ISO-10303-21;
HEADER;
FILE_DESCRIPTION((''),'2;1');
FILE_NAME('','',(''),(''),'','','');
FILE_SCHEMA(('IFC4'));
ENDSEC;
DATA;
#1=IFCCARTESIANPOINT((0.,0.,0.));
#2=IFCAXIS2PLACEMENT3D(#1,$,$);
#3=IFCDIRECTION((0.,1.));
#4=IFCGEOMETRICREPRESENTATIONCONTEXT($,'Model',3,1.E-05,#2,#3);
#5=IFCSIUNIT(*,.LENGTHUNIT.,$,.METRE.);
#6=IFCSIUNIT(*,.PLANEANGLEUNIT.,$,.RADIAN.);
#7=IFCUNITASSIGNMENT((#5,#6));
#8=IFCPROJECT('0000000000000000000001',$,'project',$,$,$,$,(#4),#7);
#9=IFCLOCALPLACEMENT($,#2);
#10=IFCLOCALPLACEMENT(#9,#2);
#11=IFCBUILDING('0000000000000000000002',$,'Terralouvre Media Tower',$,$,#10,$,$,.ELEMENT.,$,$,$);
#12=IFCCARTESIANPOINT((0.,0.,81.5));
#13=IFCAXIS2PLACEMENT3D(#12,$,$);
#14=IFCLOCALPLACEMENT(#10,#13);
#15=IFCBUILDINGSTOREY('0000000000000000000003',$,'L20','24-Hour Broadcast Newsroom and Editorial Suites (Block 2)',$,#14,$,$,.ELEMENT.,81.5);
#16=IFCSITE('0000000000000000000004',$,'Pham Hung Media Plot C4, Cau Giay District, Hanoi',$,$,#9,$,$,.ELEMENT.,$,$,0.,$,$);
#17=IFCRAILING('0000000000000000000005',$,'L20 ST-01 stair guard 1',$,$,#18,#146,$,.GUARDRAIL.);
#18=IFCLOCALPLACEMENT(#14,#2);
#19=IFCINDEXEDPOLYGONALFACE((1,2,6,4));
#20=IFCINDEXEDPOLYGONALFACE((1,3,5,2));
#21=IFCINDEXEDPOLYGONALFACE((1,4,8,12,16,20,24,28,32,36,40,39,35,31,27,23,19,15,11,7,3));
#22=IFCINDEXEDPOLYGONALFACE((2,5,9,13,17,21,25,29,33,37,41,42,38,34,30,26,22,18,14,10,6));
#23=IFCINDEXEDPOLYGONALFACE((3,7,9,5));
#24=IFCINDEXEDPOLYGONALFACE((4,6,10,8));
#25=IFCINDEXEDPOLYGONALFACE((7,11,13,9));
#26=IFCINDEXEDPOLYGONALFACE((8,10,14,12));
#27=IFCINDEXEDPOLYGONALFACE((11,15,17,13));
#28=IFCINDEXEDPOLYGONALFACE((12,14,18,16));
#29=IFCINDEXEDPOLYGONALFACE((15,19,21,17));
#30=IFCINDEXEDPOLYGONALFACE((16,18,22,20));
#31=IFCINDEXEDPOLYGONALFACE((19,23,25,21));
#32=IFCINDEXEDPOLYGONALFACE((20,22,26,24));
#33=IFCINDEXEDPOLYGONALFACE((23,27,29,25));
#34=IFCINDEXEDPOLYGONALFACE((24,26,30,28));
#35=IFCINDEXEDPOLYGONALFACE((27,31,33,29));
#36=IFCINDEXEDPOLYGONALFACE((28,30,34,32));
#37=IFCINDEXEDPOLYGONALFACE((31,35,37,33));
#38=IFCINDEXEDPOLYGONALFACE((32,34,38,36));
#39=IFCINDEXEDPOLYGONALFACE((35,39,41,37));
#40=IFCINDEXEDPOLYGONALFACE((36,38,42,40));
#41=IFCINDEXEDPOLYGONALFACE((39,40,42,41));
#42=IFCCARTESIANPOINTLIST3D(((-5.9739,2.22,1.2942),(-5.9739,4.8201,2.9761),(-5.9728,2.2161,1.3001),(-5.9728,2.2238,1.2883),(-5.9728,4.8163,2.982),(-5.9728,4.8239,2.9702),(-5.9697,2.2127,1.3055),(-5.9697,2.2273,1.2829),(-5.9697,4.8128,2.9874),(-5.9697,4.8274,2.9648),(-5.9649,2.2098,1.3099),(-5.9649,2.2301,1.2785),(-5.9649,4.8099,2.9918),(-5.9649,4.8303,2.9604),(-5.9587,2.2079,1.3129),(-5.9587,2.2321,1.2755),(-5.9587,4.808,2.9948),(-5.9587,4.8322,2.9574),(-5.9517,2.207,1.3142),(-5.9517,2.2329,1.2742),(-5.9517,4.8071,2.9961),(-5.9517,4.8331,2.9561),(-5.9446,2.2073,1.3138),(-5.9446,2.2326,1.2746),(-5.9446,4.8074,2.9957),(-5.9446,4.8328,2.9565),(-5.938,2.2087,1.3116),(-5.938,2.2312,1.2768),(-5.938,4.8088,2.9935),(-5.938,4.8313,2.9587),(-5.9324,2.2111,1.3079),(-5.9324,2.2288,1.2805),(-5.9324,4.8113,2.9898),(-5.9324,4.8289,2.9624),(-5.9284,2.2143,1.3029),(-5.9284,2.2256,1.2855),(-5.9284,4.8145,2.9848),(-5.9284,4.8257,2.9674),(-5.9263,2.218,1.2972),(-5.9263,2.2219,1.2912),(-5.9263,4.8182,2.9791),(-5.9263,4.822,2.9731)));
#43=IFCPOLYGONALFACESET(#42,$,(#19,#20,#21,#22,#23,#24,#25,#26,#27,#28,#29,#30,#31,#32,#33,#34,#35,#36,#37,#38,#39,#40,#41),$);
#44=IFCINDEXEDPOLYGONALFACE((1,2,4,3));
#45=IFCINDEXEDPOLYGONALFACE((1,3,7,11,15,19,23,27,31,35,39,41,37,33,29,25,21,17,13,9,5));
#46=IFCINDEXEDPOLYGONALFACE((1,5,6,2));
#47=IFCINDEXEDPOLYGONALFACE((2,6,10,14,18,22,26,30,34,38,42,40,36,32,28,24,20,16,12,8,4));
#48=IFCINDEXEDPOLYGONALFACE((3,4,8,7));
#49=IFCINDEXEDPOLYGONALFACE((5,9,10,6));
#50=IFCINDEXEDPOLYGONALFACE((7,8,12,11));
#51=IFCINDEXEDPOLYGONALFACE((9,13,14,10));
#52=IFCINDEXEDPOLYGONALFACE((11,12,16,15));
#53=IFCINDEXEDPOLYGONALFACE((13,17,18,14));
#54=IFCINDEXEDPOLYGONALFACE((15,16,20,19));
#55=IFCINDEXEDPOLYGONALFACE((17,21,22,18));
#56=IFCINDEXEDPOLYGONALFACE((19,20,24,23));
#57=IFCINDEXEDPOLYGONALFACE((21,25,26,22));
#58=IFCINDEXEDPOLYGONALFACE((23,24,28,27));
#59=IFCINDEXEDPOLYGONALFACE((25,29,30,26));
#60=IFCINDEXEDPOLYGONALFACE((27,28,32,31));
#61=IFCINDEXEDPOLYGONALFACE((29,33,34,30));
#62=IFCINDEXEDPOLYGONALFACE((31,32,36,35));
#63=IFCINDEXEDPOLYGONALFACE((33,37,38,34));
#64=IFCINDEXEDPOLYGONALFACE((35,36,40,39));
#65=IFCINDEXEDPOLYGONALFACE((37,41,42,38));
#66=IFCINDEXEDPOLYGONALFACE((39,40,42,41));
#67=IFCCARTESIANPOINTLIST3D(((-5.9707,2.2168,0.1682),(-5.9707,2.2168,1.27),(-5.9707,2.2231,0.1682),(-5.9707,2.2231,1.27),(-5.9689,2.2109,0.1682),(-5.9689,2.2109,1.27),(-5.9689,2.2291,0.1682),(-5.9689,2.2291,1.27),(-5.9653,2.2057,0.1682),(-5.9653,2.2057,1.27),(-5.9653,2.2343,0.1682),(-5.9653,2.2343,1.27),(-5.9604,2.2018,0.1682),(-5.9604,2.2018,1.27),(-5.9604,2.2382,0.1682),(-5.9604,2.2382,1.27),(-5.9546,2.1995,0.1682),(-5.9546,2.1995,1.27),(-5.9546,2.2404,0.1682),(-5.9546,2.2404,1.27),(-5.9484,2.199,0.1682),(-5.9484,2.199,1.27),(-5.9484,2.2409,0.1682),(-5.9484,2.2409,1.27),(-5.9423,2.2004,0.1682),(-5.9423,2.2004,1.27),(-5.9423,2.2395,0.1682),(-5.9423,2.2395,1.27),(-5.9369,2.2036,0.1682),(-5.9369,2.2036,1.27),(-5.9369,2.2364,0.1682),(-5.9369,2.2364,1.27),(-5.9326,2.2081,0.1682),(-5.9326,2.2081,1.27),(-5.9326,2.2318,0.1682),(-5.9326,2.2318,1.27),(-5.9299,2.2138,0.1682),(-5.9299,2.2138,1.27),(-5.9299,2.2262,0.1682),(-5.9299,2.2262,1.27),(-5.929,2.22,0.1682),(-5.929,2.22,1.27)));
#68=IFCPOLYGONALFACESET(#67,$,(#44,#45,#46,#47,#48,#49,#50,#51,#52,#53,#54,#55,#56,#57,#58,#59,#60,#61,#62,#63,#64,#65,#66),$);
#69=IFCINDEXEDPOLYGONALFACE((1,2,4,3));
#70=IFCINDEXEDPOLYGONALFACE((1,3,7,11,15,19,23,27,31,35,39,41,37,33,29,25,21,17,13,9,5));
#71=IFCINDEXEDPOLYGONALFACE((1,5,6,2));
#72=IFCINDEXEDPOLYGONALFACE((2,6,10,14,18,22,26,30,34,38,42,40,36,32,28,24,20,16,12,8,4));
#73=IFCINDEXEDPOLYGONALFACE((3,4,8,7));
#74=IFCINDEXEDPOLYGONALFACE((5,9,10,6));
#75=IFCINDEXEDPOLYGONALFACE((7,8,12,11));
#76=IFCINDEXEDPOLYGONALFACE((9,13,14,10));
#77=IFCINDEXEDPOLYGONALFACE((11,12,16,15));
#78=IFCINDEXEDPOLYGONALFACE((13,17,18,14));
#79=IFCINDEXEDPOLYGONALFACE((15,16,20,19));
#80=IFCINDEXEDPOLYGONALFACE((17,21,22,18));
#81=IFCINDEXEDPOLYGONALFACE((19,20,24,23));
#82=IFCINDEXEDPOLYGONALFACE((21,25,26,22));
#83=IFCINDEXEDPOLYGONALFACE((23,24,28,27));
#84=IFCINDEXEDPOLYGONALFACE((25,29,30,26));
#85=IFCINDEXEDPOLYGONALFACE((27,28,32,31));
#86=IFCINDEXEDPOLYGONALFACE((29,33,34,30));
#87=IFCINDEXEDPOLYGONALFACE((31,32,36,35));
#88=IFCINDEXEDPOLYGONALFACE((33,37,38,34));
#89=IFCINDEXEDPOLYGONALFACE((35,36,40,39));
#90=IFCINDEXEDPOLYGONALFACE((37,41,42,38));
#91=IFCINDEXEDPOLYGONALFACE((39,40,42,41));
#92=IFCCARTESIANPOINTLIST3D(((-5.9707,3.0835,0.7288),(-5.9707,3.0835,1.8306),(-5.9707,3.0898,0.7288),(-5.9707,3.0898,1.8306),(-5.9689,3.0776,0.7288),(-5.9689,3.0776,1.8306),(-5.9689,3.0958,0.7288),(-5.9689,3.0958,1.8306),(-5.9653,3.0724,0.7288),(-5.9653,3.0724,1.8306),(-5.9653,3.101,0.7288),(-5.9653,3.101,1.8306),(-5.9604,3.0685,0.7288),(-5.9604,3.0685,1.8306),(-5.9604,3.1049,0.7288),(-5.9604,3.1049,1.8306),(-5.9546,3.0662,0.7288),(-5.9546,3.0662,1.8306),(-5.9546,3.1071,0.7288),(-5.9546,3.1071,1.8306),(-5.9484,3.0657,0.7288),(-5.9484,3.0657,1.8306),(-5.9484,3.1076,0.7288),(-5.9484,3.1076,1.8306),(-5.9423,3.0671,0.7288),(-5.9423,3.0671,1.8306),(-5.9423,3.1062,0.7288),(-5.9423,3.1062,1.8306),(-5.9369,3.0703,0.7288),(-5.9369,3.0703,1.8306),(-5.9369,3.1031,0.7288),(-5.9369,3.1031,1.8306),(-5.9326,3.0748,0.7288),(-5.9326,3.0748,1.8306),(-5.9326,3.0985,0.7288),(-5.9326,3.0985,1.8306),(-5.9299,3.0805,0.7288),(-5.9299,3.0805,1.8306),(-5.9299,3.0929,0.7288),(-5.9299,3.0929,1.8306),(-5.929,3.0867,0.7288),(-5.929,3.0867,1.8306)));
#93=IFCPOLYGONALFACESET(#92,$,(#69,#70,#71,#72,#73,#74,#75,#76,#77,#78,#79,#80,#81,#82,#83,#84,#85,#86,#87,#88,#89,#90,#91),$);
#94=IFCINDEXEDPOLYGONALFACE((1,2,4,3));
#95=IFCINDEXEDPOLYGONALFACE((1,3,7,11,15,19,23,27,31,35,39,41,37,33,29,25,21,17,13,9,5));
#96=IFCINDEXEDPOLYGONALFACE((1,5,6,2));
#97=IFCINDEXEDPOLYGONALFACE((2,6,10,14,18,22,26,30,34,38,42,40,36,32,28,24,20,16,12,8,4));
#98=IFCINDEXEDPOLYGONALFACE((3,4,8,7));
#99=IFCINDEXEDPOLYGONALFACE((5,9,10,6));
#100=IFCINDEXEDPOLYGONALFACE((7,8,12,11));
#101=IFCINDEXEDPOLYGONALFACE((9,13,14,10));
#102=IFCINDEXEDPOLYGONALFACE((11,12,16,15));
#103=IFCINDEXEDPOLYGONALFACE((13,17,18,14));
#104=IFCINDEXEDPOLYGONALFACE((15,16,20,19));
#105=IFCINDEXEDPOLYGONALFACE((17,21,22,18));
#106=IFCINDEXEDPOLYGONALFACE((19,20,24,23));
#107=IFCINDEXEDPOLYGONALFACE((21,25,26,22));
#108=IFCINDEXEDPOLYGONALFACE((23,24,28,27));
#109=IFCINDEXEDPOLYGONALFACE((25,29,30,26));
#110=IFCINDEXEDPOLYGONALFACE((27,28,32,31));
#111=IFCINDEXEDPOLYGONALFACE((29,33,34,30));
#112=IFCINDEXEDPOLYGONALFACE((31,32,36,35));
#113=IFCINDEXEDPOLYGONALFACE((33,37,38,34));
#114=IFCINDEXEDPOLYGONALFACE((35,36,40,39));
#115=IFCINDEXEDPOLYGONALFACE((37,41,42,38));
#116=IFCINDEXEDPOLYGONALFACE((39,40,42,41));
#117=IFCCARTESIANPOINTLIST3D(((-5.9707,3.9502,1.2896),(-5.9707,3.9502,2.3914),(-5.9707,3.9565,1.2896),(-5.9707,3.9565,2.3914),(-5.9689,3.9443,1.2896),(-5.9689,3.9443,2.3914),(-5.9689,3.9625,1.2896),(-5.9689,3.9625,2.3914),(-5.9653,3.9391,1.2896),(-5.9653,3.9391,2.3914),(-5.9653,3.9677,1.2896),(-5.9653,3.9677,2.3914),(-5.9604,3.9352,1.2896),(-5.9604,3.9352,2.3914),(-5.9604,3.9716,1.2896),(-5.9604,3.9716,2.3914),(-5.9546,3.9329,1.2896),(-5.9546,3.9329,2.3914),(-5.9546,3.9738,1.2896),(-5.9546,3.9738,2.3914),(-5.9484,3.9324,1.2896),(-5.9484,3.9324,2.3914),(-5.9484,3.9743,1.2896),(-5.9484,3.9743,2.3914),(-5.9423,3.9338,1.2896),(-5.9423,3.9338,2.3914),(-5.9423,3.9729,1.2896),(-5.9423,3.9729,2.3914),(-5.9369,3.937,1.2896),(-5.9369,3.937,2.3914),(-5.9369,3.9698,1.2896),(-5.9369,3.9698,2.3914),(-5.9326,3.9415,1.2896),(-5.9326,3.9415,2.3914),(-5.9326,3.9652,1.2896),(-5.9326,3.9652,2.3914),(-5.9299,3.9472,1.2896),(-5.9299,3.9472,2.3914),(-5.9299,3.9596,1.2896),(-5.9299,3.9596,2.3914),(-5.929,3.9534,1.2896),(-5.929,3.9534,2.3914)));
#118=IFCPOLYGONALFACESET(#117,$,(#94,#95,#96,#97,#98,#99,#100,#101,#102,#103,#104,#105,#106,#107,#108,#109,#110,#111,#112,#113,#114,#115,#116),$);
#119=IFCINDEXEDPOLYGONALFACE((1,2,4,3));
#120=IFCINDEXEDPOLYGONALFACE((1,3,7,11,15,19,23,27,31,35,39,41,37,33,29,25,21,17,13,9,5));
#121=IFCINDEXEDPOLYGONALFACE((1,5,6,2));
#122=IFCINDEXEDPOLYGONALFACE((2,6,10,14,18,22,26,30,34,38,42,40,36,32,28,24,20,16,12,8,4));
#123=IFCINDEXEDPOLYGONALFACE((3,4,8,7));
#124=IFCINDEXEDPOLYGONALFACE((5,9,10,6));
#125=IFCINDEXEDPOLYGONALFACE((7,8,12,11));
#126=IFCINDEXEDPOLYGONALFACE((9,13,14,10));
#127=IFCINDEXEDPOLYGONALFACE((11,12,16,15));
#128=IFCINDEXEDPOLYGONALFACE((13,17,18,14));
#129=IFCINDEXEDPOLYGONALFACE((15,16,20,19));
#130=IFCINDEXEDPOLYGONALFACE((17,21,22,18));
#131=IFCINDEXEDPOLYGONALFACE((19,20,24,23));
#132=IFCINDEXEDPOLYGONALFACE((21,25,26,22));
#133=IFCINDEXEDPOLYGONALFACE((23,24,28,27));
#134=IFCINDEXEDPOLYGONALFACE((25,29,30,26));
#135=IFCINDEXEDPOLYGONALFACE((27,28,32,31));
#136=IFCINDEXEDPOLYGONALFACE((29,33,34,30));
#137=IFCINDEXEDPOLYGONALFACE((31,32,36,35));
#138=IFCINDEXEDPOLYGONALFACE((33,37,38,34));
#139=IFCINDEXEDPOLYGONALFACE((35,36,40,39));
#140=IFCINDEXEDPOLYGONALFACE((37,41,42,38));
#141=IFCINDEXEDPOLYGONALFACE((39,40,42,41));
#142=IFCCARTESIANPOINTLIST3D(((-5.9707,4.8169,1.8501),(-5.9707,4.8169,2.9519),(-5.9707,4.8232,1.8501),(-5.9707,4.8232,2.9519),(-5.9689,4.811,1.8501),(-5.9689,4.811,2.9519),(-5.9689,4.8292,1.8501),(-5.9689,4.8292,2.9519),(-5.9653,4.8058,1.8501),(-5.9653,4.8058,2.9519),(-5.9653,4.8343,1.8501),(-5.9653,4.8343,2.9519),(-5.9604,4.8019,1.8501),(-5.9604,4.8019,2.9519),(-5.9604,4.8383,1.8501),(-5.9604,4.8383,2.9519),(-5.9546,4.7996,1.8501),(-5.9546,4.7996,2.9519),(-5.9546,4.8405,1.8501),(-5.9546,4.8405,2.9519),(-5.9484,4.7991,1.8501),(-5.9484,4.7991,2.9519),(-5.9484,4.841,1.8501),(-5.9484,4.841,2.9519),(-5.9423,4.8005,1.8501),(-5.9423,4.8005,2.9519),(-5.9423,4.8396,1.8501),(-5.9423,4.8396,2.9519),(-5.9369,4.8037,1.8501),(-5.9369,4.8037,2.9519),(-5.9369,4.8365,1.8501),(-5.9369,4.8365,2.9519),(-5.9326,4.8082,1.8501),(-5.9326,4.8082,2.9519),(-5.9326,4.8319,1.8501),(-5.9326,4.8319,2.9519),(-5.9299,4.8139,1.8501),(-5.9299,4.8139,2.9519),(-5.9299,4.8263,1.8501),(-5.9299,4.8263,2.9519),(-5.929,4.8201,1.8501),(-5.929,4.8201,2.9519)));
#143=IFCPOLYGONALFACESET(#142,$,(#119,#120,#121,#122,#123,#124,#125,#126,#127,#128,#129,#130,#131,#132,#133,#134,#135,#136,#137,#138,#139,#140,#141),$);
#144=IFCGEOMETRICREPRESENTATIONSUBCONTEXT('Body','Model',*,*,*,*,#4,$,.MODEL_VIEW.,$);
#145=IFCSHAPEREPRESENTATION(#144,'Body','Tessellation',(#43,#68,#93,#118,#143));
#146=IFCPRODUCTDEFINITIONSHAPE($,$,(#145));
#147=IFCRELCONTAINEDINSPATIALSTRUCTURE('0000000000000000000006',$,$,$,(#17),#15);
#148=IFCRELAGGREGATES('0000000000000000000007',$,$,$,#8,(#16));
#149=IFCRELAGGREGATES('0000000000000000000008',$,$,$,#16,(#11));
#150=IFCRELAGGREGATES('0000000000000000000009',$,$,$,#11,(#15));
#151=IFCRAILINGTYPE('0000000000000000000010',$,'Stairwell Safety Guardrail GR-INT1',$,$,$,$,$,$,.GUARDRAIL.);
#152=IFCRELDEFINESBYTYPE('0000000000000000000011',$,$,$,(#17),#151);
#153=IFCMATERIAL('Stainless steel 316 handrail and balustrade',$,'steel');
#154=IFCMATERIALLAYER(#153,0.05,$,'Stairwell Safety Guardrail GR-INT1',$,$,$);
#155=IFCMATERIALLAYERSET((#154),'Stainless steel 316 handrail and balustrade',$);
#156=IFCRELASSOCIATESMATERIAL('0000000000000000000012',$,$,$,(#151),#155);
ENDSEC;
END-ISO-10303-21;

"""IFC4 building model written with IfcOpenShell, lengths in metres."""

from ifc_helpers import new_model, si_unit, direction, frame, origin, origin_2d, place, context, subcontext, project, spatial, circle, extrude, material, layer, layer_set, type_object, element, save


model = new_model("IFC4")

# Units and contexts
model_context = context("Model", 3, precision=1e-05, world=origin(), true_north=direction((0.0, 1.0)))
body_context = subcontext(model_context, "Body", "Model", "MODEL_VIEW")
ifc_project = project(units=[si_unit("LENGTHUNIT", "METRE"), si_unit("PLANEANGLEUNIT", "RADIAN")], contexts=[model_context])

# Site, building, storey
site_placement = place(None, origin())
site = spatial("IfcSite", under=ifc_project, at=site_placement, Name="Pham Hung Media Plot C4, Cau Giay District, Hanoi", CompositionType="ELEMENT", RefElevation=0.0)
building_placement = place(site_placement, origin())
building = spatial("IfcBuilding", under=site, at=building_placement, Name="Terralouvre Media Tower", CompositionType="ELEMENT")
storey_placement = place(building_placement, frame((0.0, 0.0, 81.5)))
storey = spatial("IfcBuildingStorey", under=building, at=storey_placement, Name="L20", Description="24-Hour Broadcast Newsroom and Editorial Suites (Block 2)", CompositionType="ELEMENT", Elevation=81.5)

# Railing
ifc_material_1 = material(Name="Stainless steel 316 handrail and balustrade", Category="steel")
ifc_layer_1 = layer(ifc_material_1, 0.05, Name="Stairwell Safety Guardrail GR-INT1")
ifc_layer_set_1 = layer_set([ifc_layer_1], Name="Stainless steel 316 handrail and balustrade")
railing_type_1 = type_object("IfcRailingType", Name="Stairwell Safety Guardrail GR-INT1", PredefinedType="GUARDRAIL", material=ifc_layer_set_1)
railing_1_placement = place(storey_placement, frame((-5.95, 2.22, 0.1682)))
element("IfcRailing", 1, at=railing_1_placement, inside=storey, type_object=railing_type_1, Name="L20 ST-01 stair guard 1", PredefinedType="GUARDRAIL", context=body_context, shape_type="SweptSolid", body=[
    extrude(circle(Radius=0.0239, at=origin_2d()), frame((0.0, 0.0, 1.126), z_axis=(0.0, 0.839648, 0.54313), x_axis=(-1.0, 0.0, 0.0)), (0.0, 0.0, 1.0), 3.0967),
    extrude(circle(Radius=0.021, at=origin_2d()), origin(), (0.0, 0.0, 1.0), 1.1018),
    extrude(circle(Radius=0.021, at=origin_2d()), frame((0.0, 0.8667, 0.5605)), (0.0, 0.0, 1.0), 1.1018),
    extrude(circle(Radius=0.021, at=origin_2d()), frame((0.0, 1.7334, 1.1213)), (0.0, 0.0, 1.0), 1.1018),
    extrude(circle(Radius=0.021, at=origin_2d()), frame((0.0, 2.6001, 1.6819)), (0.0, 0.0, 1.0), 1.1018),
])

save(model, "model.ifc")
